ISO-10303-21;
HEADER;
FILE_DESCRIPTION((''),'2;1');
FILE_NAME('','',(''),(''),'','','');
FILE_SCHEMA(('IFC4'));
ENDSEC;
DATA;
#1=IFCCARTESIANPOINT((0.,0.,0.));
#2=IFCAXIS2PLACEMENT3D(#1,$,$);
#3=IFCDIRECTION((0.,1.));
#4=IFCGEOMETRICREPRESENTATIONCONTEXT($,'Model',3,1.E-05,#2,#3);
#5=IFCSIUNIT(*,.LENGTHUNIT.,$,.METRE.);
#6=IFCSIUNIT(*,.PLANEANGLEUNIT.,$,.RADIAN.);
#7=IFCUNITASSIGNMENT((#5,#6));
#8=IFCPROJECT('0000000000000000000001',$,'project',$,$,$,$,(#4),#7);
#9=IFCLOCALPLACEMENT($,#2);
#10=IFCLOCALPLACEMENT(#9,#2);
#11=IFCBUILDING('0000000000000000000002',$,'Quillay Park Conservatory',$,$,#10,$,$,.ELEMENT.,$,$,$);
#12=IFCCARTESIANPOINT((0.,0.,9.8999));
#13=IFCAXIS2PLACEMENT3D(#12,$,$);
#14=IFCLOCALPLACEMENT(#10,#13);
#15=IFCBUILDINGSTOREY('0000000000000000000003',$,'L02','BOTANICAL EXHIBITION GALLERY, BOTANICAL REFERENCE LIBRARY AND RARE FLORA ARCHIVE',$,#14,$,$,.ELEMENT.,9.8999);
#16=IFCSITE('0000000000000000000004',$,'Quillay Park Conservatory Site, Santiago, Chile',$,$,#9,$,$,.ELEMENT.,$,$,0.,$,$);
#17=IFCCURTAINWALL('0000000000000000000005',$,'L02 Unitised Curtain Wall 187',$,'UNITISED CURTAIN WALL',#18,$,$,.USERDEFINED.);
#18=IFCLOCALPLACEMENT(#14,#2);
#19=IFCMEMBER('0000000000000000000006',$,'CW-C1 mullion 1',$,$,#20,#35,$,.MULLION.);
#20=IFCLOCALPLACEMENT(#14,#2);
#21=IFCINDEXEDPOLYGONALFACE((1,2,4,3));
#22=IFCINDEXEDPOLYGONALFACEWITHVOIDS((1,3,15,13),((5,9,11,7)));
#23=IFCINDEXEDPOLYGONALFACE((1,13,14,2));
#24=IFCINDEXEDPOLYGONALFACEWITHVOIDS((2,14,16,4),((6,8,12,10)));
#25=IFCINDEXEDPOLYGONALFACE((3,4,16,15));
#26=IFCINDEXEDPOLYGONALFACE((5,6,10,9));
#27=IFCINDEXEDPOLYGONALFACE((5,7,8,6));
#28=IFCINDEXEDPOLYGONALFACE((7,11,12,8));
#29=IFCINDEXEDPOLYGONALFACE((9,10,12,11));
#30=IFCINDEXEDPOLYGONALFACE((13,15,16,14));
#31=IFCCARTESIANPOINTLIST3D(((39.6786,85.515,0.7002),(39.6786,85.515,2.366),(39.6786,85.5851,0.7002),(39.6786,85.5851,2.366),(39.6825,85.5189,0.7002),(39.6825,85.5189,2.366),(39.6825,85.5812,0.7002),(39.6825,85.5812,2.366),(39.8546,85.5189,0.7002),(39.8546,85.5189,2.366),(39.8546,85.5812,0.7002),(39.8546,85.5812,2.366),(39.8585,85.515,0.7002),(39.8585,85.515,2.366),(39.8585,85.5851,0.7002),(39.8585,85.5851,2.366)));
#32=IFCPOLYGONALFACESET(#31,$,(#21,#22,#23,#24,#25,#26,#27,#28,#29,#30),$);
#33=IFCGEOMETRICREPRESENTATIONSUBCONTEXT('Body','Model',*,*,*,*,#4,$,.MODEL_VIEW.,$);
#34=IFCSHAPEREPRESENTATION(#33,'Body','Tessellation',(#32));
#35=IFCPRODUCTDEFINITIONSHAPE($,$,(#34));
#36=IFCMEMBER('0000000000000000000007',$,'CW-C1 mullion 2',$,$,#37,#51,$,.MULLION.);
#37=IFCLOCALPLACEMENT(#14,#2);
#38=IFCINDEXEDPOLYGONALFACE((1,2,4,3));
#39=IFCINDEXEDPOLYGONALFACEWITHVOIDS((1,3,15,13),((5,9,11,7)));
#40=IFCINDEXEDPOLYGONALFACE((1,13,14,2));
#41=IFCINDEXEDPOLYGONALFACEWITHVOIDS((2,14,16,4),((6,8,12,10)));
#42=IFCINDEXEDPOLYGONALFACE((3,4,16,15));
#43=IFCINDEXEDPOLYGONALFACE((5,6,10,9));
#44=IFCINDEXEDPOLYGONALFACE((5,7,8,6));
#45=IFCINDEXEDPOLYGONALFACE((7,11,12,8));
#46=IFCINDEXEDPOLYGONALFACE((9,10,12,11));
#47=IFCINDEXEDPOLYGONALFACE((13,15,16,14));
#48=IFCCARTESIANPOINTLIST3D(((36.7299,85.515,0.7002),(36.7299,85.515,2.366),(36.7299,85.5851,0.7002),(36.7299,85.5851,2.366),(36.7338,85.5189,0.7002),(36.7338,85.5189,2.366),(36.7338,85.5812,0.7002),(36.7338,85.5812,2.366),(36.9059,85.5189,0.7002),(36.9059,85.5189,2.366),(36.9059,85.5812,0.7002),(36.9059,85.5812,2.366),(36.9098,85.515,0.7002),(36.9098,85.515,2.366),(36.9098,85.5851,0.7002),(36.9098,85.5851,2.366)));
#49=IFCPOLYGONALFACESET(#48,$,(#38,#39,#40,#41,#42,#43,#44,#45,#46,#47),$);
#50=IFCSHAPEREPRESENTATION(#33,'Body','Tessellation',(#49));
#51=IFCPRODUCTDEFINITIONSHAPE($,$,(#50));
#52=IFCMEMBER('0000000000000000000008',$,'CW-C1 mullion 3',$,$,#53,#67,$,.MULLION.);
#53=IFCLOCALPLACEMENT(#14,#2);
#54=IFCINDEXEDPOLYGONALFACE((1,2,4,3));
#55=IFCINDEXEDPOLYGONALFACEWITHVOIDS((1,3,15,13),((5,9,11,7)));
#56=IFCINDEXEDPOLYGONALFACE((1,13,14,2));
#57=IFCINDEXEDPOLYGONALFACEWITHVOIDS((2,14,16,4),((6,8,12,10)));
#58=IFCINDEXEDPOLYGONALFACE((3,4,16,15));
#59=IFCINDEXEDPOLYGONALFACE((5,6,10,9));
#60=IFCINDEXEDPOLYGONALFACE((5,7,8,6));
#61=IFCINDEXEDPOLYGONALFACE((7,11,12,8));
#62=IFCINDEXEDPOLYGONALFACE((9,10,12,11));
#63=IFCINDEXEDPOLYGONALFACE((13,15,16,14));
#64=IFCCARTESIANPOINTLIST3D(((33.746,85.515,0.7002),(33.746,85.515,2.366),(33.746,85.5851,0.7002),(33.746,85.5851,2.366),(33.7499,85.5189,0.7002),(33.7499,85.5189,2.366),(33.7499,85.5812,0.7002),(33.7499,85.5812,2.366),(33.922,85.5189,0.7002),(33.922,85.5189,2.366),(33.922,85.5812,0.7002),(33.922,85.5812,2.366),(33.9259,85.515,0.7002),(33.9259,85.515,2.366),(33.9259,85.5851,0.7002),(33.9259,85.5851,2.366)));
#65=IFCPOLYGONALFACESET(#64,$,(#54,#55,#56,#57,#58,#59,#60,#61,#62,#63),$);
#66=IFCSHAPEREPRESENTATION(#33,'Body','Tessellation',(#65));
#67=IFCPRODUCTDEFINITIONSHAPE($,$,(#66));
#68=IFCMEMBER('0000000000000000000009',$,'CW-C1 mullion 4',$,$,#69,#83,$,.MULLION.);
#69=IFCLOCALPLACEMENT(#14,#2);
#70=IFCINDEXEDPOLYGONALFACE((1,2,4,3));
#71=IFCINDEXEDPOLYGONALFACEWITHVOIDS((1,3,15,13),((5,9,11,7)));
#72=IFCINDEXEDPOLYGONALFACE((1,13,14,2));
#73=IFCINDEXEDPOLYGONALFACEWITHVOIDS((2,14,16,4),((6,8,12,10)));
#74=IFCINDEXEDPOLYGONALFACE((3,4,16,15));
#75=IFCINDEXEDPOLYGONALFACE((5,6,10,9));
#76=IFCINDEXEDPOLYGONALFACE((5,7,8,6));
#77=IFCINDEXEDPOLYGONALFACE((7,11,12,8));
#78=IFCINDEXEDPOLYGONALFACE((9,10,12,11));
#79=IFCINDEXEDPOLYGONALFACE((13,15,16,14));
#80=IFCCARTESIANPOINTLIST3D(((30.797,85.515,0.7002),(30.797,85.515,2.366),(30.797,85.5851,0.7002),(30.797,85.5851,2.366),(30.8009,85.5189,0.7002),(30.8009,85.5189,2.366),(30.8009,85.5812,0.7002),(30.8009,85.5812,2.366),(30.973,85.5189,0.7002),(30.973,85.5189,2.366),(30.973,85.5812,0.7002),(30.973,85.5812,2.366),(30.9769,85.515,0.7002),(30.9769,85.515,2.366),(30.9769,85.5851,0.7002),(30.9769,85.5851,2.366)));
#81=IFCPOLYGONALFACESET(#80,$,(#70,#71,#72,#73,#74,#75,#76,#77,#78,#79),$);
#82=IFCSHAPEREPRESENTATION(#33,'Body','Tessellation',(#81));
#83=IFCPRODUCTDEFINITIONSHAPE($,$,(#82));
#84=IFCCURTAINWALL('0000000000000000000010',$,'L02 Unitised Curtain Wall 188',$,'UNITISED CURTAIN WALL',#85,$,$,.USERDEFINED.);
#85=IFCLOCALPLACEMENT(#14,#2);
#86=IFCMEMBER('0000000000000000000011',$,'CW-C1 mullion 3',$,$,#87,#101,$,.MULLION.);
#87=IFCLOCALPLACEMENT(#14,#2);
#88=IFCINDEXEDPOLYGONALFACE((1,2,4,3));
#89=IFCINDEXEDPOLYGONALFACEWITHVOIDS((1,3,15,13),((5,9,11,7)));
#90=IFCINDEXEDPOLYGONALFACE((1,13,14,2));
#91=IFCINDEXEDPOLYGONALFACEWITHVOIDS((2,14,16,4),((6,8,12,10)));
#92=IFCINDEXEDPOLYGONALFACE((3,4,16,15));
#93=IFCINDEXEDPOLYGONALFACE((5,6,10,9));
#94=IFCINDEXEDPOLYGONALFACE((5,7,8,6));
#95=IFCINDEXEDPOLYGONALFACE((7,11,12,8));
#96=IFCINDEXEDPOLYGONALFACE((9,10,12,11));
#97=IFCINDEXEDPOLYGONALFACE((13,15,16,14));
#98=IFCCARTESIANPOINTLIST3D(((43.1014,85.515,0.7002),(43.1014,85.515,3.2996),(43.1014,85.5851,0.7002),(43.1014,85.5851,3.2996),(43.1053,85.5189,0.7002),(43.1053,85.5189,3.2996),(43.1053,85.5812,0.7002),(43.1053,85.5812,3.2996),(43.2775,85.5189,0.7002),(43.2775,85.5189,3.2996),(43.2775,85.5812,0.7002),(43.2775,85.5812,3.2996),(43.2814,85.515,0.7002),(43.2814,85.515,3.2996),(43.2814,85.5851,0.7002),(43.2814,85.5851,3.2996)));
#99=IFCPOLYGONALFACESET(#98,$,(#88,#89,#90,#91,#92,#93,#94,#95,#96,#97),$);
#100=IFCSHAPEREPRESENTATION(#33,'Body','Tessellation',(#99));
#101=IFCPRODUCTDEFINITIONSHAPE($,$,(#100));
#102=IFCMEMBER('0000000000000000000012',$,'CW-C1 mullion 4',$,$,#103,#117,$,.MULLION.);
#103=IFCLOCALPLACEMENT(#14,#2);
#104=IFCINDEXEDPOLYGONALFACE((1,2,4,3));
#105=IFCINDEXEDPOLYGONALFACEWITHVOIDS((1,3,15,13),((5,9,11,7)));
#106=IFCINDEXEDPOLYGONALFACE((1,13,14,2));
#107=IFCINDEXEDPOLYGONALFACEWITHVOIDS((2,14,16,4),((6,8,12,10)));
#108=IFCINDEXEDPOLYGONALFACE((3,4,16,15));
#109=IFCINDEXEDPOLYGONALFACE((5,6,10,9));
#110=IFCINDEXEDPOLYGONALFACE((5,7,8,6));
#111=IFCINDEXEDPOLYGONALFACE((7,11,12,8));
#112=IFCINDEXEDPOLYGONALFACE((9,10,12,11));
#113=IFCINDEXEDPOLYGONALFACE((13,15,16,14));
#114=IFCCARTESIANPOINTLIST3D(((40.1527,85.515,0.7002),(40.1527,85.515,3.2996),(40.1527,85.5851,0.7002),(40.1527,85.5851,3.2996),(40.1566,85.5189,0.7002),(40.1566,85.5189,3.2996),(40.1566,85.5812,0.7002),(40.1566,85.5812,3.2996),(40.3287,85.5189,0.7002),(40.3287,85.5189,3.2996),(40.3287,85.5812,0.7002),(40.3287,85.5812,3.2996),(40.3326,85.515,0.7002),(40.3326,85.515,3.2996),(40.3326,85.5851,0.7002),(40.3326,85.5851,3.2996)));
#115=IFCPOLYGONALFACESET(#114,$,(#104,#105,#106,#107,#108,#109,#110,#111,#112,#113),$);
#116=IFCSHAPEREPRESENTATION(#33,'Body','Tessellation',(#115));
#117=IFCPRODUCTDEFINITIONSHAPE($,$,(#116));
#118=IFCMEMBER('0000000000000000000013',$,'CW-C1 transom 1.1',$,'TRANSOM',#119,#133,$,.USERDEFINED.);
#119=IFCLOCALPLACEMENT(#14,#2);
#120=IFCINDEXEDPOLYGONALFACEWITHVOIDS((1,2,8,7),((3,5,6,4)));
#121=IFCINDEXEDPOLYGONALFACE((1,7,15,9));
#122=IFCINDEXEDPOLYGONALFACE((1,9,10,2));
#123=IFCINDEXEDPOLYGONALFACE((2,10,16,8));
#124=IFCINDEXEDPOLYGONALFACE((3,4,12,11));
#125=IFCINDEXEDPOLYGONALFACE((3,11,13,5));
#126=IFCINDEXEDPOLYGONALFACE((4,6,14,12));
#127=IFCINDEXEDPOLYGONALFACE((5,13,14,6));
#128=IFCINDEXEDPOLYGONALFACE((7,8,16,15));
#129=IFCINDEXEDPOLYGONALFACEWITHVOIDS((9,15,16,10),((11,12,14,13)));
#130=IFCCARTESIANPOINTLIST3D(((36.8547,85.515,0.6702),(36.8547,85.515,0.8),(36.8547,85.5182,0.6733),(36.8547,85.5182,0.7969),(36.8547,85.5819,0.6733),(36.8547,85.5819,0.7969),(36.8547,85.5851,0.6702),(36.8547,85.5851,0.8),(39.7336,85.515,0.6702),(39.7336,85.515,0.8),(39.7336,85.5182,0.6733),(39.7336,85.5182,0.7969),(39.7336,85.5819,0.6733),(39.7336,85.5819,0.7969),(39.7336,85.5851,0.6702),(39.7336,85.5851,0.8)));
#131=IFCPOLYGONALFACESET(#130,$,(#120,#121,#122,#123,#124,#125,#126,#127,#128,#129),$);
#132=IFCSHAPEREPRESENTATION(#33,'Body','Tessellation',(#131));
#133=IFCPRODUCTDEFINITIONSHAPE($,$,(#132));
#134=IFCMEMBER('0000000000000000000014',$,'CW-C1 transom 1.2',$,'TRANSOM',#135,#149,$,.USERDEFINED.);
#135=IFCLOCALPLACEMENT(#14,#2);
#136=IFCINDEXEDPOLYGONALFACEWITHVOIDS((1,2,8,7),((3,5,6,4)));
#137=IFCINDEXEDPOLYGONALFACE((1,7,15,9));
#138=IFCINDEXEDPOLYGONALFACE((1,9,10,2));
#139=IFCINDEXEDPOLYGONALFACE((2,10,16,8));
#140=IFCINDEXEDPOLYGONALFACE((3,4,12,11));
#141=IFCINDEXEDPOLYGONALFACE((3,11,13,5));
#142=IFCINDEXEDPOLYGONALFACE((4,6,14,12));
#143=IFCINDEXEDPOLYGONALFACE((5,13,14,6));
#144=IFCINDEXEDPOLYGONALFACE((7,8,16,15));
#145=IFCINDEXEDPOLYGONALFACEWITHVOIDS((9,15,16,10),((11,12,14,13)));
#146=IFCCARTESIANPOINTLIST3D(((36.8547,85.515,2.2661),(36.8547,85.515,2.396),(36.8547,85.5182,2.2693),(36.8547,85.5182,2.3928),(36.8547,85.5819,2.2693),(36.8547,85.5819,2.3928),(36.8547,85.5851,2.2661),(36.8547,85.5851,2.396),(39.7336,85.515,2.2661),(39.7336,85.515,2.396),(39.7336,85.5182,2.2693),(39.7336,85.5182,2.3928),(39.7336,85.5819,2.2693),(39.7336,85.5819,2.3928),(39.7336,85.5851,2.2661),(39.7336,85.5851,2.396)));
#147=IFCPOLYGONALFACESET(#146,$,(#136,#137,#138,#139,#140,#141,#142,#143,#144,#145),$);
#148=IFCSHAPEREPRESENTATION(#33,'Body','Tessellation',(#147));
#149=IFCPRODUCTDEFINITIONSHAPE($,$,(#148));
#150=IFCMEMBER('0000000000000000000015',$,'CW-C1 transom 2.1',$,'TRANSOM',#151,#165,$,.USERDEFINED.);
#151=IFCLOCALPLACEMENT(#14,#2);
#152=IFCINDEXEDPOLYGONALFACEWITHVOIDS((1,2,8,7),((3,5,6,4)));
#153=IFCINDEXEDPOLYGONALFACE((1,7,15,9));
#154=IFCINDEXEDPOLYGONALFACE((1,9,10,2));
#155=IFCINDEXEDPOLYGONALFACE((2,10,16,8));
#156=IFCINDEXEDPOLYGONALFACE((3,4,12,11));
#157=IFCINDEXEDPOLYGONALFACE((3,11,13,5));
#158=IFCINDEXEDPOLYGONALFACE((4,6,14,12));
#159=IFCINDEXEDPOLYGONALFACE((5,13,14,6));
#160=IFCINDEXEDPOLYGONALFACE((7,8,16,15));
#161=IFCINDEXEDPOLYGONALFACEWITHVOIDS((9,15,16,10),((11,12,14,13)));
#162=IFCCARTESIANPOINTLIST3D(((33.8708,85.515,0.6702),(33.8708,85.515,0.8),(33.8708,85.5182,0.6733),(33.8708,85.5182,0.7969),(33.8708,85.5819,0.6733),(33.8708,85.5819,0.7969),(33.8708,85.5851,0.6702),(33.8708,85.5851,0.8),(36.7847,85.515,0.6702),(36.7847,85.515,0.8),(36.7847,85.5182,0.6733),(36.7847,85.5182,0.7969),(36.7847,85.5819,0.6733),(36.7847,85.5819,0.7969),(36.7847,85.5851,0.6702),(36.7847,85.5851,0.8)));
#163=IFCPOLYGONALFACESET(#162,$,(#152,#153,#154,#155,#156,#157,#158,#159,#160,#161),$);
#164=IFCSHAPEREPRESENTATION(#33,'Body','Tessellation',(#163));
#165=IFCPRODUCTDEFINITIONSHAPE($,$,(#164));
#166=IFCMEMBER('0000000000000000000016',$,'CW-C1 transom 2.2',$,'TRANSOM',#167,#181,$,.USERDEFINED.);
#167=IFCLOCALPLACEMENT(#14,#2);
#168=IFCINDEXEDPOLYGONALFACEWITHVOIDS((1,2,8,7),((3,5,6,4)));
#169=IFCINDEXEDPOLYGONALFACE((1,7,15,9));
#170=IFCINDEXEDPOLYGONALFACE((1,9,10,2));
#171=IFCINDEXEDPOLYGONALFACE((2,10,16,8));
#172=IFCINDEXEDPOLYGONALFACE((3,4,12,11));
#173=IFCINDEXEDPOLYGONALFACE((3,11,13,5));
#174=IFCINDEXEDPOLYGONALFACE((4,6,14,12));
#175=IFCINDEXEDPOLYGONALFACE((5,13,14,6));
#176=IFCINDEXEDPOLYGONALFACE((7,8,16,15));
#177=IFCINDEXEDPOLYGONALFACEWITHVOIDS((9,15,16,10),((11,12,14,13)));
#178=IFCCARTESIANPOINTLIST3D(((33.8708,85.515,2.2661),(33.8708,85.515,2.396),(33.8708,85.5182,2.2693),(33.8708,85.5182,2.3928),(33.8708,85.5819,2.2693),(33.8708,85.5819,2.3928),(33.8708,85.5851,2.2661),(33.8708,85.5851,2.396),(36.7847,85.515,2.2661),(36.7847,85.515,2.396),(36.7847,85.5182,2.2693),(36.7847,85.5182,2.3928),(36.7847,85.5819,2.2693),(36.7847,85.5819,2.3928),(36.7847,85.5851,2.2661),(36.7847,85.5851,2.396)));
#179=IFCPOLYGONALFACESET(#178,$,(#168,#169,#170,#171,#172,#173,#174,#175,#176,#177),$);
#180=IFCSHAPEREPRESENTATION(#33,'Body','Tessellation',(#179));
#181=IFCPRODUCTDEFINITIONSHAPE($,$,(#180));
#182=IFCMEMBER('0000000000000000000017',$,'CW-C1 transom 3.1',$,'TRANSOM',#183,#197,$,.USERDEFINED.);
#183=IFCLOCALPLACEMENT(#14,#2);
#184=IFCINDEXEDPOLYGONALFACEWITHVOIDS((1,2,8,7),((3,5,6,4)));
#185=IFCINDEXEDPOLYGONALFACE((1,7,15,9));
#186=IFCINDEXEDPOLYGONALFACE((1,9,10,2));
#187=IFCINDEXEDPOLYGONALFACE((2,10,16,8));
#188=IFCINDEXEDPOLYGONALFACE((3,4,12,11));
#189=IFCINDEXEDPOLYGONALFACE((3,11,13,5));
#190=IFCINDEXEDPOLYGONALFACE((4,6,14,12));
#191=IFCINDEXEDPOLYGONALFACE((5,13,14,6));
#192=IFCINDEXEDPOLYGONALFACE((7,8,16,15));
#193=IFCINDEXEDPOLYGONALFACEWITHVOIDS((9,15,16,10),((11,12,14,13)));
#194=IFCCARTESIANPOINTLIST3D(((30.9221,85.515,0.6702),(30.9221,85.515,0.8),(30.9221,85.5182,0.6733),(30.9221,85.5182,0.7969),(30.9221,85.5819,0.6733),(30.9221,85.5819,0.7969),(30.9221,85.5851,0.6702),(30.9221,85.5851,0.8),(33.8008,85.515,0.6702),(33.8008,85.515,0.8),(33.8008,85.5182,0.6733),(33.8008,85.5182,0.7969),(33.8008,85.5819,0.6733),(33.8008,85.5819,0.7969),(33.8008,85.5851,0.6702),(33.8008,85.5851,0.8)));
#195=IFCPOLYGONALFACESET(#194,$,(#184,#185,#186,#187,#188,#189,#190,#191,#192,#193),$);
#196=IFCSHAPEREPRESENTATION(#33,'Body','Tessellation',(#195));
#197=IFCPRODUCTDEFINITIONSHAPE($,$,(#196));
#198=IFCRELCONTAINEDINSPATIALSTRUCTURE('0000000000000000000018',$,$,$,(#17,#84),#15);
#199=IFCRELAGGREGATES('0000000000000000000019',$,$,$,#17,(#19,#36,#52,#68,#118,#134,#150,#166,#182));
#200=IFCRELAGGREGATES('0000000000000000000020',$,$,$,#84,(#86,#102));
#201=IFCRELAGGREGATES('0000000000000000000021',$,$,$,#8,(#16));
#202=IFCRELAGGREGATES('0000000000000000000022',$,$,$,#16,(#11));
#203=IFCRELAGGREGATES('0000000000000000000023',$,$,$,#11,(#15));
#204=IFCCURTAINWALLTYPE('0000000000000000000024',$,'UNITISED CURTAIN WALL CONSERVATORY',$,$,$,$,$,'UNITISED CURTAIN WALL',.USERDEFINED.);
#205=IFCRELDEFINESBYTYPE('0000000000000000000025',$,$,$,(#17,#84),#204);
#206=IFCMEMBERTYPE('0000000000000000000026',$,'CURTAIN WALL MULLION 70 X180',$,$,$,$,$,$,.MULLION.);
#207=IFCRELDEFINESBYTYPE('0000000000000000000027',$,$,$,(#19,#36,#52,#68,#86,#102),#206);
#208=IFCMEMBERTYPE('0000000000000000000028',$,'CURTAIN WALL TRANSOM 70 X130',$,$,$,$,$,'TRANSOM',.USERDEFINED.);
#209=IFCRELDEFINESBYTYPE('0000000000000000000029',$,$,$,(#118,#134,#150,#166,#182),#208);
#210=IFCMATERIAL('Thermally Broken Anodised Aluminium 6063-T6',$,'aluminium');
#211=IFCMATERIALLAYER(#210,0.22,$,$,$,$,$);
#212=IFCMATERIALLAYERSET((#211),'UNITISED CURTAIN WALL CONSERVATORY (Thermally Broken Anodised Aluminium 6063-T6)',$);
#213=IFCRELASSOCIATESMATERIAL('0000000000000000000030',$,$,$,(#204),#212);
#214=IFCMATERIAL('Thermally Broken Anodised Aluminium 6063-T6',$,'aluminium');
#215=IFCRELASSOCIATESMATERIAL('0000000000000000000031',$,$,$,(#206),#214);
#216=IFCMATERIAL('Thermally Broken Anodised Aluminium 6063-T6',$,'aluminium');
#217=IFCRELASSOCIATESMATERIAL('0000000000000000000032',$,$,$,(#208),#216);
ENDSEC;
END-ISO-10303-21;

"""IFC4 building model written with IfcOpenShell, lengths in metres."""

from ifc_helpers import new_model, si_unit, direction, frame, origin, origin_2d, place, context, subcontext, project, spatial, hollow_rectangle, extrude, material, layer, layer_set, material_profile, profile_set, type_object, element, aggregate, save


model = new_model("IFC4")

# Units and contexts
model_context = context("Model", 3, precision=1e-05, world=origin(), true_north=direction((0.0, 1.0)))
body_context = subcontext(model_context, "Body", "Model", "MODEL_VIEW")
ifc_project = project(units=[si_unit("LENGTHUNIT", "METRE"), si_unit("PLANEANGLEUNIT", "RADIAN")], contexts=[model_context])

# Site, building, storey
site_placement = place(None, origin())
site = spatial("IfcSite", under=ifc_project, at=site_placement, Name="Quillay Park Conservatory Site, Santiago, Chile", CompositionType="ELEMENT", RefElevation=0.0)
building_placement = place(site_placement, origin())
building = spatial("IfcBuilding", under=site, at=building_placement, Name="Quillay Park Conservatory", CompositionType="ELEMENT")
storey_placement = place(building_placement, frame((0.0, 0.0, 9.8999)))
storey = spatial("IfcBuildingStorey", under=building, at=storey_placement, Name="L02", Description="BOTANICAL EXHIBITION GALLERY, BOTANICAL REFERENCE LIBRARY AND RARE FLORA ARCHIVE", CompositionType="ELEMENT", Elevation=9.8999)

# Curtain walls, members
ifc_material_1 = material(Name="Thermally Broken Anodised Aluminium 6063-T6", Category="aluminium")
ifc_layer_1 = layer(ifc_material_1, 0.22)
ifc_layer_set_1 = layer_set([ifc_layer_1], Name="UNITISED CURTAIN WALL CONSERVATORY (Thermally Broken Anodised Aluminium 6063-T6)")
curtain_wall_type = type_object("IfcCurtainWallType", Name="UNITISED CURTAIN WALL CONSERVATORY", ElementType="UNITISED CURTAIN WALL", PredefinedType="USERDEFINED", material=ifc_layer_set_1)
curtain_wall_1_placement = place(storey_placement, origin())
curtain_wall_1 = element("IfcCurtainWall", 1, at=curtain_wall_1_placement, inside=storey, type_object=curtain_wall_type, Name="L02 Unitised Curtain Wall 187", ObjectType="UNITISED CURTAIN WALL", PredefinedType="USERDEFINED")
ifc_material_2 = material(Name="Thermally Broken Anodised Aluminium 6063-T6", Category="aluminium")
ifc_material_profile_1 = material_profile(ifc_material_2, hollow_rectangle(XDim=0.0701, YDim=0.1799, WallThickness=0.0039, at=origin_2d()), Name="AL70x180x4")
ifc_profile_set_1 = profile_set([ifc_material_profile_1], Name="Thermally Broken Anodised Aluminium 6063-T6")
member_type_1 = type_object("IfcMemberType", Name="CURTAIN WALL MULLION 70 X180", PredefinedType="MULLION", material=ifc_profile_set_1)
member_1_placement = place(storey_placement, frame((39.7686, 85.55, 0.7002), z_axis=(0.0, 0.0, 1.0), x_axis=(0.0, -1.0, 0.0)))
member_1 = element("IfcMember", 2, at=member_1_placement, type_object=member_type_1, Name="CW-C1 mullion 1", PredefinedType="MULLION", context=body_context, shape_type="SweptSolid", body=[
    extrude(hollow_rectangle(XDim=0.0701, YDim=0.1799, WallThickness=0.0039, at=origin_2d()), origin(), (0.0, 0.0, 1.0), 1.6658),
])
member_2_placement = place(storey_placement, frame((36.8198, 85.55, 0.7002), z_axis=(0.0, 0.0, 1.0), x_axis=(0.0, -1.0, 0.0)))
member_2 = element("IfcMember", 3, at=member_2_placement, type_object=member_type_1, Name="CW-C1 mullion 2", PredefinedType="MULLION", context=body_context, shape_type="SweptSolid", body=[
    extrude(hollow_rectangle(XDim=0.0701, YDim=0.1799, WallThickness=0.0039, at=origin_2d()), origin(), (0.0, 0.0, 1.0), 1.6658),
])
member_3_placement = place(storey_placement, frame((33.8359, 85.55, 0.7002), z_axis=(0.0, 0.0, 1.0), x_axis=(0.0, -1.0, 0.0)))
member_3 = element("IfcMember", 4, at=member_3_placement, type_object=member_type_1, Name="CW-C1 mullion 3", PredefinedType="MULLION", context=body_context, shape_type="SweptSolid", body=[
    extrude(hollow_rectangle(XDim=0.0701, YDim=0.1799, WallThickness=0.0039, at=origin_2d()), origin(), (0.0, 0.0, 1.0), 1.6658),
])
member_4_placement = place(storey_placement, frame((30.887, 85.55, 0.7002), z_axis=(0.0, 0.0, 1.0), x_axis=(0.0, -1.0, 0.0)))
member_4 = element("IfcMember", 5, at=member_4_placement, type_object=member_type_1, Name="CW-C1 mullion 4", PredefinedType="MULLION", context=body_context, shape_type="SweptSolid", body=[
    extrude(hollow_rectangle(XDim=0.0701, YDim=0.1799, WallThickness=0.0039, at=origin_2d()), origin(), (0.0, 0.0, 1.0), 1.6658),
])
curtain_wall_2_placement = place(storey_placement, origin())
curtain_wall_2 = element("IfcCurtainWall", 6, at=curtain_wall_2_placement, inside=storey, type_object=curtain_wall_type, Name="L02 Unitised Curtain Wall 188", ObjectType="UNITISED CURTAIN WALL", PredefinedType="USERDEFINED")
member_5_placement = place(storey_placement, frame((43.1914, 85.55, 0.7002), z_axis=(0.0, 0.0, 1.0), x_axis=(0.0, -1.0, 0.0)))
member_5 = element("IfcMember", 7, at=member_5_placement, type_object=member_type_1, Name="CW-C1 mullion 3", PredefinedType="MULLION", context=body_context, shape_type="SweptSolid", body=[
    extrude(hollow_rectangle(XDim=0.0701, YDim=0.1799, WallThickness=0.0039, at=origin_2d()), origin(), (0.0, 0.0, 1.0), 2.5994),
])
member_6_placement = place(storey_placement, frame((40.2427, 85.55, 0.7002), z_axis=(0.0, 0.0, 1.0), x_axis=(0.0, -1.0, 0.0)))
member_6 = element("IfcMember", 8, at=member_6_placement, type_object=member_type_1, Name="CW-C1 mullion 4", PredefinedType="MULLION", context=body_context, shape_type="SweptSolid", body=[
    extrude(hollow_rectangle(XDim=0.0701, YDim=0.1799, WallThickness=0.0039, at=origin_2d()), origin(), (0.0, 0.0, 1.0), 2.5994),
])

# Members
ifc_material_3 = material(Name="Thermally Broken Anodised Aluminium 6063-T6", Category="aluminium")
ifc_material_profile_2 = material_profile(ifc_material_3, hollow_rectangle(XDim=0.0701, YDim=0.1299, WallThickness=0.0032, at=origin_2d()), Name="AL70x130x3.2")
ifc_profile_set_2 = profile_set([ifc_material_profile_2], Name="Thermally Broken Anodised Aluminium 6063-T6")
member_type_2 = type_object("IfcMemberType", Name="CURTAIN WALL TRANSOM 70 X130", ElementType="TRANSOM", PredefinedType="USERDEFINED", material=ifc_profile_set_2)
member_7_placement = place(storey_placement, frame((39.7336, 85.55, 0.7351), z_axis=(-1.0, 0.0, 0.0), x_axis=(0.0, -1.0, 0.0)))
member_7 = element("IfcMember", 9, at=member_7_placement, type_object=member_type_2, Name="CW-C1 transom 1.1", ObjectType="TRANSOM", PredefinedType="USERDEFINED", context=body_context, shape_type="SweptSolid", body=[
    extrude(hollow_rectangle(XDim=0.0701, YDim=0.1299, WallThickness=0.0032, at=origin_2d()), origin(), (0.0, 0.0, 1.0), 2.8789),
])
member_8_placement = place(storey_placement, frame((39.7336, 85.55, 2.3311), z_axis=(-1.0, 0.0, 0.0), x_axis=(0.0, -1.0, 0.0)))
member_8 = element("IfcMember", 10, at=member_8_placement, type_object=member_type_2, Name="CW-C1 transom 1.2", ObjectType="TRANSOM", PredefinedType="USERDEFINED", context=body_context, shape_type="SweptSolid", body=[
    extrude(hollow_rectangle(XDim=0.0701, YDim=0.1299, WallThickness=0.0032, at=origin_2d()), origin(), (0.0, 0.0, 1.0), 2.8789),
])
member_9_placement = place(storey_placement, frame((36.7847, 85.55, 0.7351), z_axis=(-1.0, 0.0, 0.0), x_axis=(0.0, -1.0, 0.0)))
member_9 = element("IfcMember", 11, at=member_9_placement, type_object=member_type_2, Name="CW-C1 transom 2.1", ObjectType="TRANSOM", PredefinedType="USERDEFINED", context=body_context, shape_type="SweptSolid", body=[
    extrude(hollow_rectangle(XDim=0.0701, YDim=0.1299, WallThickness=0.0032, at=origin_2d()), origin(), (0.0, 0.0, 1.0), 2.9138),
])
member_10_placement = place(storey_placement, frame((36.7847, 85.55, 2.3311), z_axis=(-1.0, 0.0, 0.0), x_axis=(0.0, -1.0, 0.0)))
member_10 = element("IfcMember", 12, at=member_10_placement, type_object=member_type_2, Name="CW-C1 transom 2.2", ObjectType="TRANSOM", PredefinedType="USERDEFINED", context=body_context, shape_type="SweptSolid", body=[
    extrude(hollow_rectangle(XDim=0.0701, YDim=0.1299, WallThickness=0.0032, at=origin_2d()), origin(), (0.0, 0.0, 1.0), 2.9138),
])
member_11_placement = place(storey_placement, frame((33.8008, 85.55, 0.7351), z_axis=(-1.0, 0.0, 0.0), x_axis=(0.0, -1.0, 0.0)))
member_11 = element("IfcMember", 13, at=member_11_placement, type_object=member_type_2, Name="CW-C1 transom 3.1", ObjectType="TRANSOM", PredefinedType="USERDEFINED", context=body_context, shape_type="SweptSolid", body=[
    extrude(hollow_rectangle(XDim=0.0701, YDim=0.1299, WallThickness=0.0032, at=origin_2d()), origin(), (0.0, 0.0, 1.0), 2.8787),
])

aggregate(curtain_wall_1, [member_1, member_2, member_3, member_4, member_7, member_8, member_9, member_10, member_11])
aggregate(curtain_wall_2, [member_5, member_6])

save(model, "model.ifc")
